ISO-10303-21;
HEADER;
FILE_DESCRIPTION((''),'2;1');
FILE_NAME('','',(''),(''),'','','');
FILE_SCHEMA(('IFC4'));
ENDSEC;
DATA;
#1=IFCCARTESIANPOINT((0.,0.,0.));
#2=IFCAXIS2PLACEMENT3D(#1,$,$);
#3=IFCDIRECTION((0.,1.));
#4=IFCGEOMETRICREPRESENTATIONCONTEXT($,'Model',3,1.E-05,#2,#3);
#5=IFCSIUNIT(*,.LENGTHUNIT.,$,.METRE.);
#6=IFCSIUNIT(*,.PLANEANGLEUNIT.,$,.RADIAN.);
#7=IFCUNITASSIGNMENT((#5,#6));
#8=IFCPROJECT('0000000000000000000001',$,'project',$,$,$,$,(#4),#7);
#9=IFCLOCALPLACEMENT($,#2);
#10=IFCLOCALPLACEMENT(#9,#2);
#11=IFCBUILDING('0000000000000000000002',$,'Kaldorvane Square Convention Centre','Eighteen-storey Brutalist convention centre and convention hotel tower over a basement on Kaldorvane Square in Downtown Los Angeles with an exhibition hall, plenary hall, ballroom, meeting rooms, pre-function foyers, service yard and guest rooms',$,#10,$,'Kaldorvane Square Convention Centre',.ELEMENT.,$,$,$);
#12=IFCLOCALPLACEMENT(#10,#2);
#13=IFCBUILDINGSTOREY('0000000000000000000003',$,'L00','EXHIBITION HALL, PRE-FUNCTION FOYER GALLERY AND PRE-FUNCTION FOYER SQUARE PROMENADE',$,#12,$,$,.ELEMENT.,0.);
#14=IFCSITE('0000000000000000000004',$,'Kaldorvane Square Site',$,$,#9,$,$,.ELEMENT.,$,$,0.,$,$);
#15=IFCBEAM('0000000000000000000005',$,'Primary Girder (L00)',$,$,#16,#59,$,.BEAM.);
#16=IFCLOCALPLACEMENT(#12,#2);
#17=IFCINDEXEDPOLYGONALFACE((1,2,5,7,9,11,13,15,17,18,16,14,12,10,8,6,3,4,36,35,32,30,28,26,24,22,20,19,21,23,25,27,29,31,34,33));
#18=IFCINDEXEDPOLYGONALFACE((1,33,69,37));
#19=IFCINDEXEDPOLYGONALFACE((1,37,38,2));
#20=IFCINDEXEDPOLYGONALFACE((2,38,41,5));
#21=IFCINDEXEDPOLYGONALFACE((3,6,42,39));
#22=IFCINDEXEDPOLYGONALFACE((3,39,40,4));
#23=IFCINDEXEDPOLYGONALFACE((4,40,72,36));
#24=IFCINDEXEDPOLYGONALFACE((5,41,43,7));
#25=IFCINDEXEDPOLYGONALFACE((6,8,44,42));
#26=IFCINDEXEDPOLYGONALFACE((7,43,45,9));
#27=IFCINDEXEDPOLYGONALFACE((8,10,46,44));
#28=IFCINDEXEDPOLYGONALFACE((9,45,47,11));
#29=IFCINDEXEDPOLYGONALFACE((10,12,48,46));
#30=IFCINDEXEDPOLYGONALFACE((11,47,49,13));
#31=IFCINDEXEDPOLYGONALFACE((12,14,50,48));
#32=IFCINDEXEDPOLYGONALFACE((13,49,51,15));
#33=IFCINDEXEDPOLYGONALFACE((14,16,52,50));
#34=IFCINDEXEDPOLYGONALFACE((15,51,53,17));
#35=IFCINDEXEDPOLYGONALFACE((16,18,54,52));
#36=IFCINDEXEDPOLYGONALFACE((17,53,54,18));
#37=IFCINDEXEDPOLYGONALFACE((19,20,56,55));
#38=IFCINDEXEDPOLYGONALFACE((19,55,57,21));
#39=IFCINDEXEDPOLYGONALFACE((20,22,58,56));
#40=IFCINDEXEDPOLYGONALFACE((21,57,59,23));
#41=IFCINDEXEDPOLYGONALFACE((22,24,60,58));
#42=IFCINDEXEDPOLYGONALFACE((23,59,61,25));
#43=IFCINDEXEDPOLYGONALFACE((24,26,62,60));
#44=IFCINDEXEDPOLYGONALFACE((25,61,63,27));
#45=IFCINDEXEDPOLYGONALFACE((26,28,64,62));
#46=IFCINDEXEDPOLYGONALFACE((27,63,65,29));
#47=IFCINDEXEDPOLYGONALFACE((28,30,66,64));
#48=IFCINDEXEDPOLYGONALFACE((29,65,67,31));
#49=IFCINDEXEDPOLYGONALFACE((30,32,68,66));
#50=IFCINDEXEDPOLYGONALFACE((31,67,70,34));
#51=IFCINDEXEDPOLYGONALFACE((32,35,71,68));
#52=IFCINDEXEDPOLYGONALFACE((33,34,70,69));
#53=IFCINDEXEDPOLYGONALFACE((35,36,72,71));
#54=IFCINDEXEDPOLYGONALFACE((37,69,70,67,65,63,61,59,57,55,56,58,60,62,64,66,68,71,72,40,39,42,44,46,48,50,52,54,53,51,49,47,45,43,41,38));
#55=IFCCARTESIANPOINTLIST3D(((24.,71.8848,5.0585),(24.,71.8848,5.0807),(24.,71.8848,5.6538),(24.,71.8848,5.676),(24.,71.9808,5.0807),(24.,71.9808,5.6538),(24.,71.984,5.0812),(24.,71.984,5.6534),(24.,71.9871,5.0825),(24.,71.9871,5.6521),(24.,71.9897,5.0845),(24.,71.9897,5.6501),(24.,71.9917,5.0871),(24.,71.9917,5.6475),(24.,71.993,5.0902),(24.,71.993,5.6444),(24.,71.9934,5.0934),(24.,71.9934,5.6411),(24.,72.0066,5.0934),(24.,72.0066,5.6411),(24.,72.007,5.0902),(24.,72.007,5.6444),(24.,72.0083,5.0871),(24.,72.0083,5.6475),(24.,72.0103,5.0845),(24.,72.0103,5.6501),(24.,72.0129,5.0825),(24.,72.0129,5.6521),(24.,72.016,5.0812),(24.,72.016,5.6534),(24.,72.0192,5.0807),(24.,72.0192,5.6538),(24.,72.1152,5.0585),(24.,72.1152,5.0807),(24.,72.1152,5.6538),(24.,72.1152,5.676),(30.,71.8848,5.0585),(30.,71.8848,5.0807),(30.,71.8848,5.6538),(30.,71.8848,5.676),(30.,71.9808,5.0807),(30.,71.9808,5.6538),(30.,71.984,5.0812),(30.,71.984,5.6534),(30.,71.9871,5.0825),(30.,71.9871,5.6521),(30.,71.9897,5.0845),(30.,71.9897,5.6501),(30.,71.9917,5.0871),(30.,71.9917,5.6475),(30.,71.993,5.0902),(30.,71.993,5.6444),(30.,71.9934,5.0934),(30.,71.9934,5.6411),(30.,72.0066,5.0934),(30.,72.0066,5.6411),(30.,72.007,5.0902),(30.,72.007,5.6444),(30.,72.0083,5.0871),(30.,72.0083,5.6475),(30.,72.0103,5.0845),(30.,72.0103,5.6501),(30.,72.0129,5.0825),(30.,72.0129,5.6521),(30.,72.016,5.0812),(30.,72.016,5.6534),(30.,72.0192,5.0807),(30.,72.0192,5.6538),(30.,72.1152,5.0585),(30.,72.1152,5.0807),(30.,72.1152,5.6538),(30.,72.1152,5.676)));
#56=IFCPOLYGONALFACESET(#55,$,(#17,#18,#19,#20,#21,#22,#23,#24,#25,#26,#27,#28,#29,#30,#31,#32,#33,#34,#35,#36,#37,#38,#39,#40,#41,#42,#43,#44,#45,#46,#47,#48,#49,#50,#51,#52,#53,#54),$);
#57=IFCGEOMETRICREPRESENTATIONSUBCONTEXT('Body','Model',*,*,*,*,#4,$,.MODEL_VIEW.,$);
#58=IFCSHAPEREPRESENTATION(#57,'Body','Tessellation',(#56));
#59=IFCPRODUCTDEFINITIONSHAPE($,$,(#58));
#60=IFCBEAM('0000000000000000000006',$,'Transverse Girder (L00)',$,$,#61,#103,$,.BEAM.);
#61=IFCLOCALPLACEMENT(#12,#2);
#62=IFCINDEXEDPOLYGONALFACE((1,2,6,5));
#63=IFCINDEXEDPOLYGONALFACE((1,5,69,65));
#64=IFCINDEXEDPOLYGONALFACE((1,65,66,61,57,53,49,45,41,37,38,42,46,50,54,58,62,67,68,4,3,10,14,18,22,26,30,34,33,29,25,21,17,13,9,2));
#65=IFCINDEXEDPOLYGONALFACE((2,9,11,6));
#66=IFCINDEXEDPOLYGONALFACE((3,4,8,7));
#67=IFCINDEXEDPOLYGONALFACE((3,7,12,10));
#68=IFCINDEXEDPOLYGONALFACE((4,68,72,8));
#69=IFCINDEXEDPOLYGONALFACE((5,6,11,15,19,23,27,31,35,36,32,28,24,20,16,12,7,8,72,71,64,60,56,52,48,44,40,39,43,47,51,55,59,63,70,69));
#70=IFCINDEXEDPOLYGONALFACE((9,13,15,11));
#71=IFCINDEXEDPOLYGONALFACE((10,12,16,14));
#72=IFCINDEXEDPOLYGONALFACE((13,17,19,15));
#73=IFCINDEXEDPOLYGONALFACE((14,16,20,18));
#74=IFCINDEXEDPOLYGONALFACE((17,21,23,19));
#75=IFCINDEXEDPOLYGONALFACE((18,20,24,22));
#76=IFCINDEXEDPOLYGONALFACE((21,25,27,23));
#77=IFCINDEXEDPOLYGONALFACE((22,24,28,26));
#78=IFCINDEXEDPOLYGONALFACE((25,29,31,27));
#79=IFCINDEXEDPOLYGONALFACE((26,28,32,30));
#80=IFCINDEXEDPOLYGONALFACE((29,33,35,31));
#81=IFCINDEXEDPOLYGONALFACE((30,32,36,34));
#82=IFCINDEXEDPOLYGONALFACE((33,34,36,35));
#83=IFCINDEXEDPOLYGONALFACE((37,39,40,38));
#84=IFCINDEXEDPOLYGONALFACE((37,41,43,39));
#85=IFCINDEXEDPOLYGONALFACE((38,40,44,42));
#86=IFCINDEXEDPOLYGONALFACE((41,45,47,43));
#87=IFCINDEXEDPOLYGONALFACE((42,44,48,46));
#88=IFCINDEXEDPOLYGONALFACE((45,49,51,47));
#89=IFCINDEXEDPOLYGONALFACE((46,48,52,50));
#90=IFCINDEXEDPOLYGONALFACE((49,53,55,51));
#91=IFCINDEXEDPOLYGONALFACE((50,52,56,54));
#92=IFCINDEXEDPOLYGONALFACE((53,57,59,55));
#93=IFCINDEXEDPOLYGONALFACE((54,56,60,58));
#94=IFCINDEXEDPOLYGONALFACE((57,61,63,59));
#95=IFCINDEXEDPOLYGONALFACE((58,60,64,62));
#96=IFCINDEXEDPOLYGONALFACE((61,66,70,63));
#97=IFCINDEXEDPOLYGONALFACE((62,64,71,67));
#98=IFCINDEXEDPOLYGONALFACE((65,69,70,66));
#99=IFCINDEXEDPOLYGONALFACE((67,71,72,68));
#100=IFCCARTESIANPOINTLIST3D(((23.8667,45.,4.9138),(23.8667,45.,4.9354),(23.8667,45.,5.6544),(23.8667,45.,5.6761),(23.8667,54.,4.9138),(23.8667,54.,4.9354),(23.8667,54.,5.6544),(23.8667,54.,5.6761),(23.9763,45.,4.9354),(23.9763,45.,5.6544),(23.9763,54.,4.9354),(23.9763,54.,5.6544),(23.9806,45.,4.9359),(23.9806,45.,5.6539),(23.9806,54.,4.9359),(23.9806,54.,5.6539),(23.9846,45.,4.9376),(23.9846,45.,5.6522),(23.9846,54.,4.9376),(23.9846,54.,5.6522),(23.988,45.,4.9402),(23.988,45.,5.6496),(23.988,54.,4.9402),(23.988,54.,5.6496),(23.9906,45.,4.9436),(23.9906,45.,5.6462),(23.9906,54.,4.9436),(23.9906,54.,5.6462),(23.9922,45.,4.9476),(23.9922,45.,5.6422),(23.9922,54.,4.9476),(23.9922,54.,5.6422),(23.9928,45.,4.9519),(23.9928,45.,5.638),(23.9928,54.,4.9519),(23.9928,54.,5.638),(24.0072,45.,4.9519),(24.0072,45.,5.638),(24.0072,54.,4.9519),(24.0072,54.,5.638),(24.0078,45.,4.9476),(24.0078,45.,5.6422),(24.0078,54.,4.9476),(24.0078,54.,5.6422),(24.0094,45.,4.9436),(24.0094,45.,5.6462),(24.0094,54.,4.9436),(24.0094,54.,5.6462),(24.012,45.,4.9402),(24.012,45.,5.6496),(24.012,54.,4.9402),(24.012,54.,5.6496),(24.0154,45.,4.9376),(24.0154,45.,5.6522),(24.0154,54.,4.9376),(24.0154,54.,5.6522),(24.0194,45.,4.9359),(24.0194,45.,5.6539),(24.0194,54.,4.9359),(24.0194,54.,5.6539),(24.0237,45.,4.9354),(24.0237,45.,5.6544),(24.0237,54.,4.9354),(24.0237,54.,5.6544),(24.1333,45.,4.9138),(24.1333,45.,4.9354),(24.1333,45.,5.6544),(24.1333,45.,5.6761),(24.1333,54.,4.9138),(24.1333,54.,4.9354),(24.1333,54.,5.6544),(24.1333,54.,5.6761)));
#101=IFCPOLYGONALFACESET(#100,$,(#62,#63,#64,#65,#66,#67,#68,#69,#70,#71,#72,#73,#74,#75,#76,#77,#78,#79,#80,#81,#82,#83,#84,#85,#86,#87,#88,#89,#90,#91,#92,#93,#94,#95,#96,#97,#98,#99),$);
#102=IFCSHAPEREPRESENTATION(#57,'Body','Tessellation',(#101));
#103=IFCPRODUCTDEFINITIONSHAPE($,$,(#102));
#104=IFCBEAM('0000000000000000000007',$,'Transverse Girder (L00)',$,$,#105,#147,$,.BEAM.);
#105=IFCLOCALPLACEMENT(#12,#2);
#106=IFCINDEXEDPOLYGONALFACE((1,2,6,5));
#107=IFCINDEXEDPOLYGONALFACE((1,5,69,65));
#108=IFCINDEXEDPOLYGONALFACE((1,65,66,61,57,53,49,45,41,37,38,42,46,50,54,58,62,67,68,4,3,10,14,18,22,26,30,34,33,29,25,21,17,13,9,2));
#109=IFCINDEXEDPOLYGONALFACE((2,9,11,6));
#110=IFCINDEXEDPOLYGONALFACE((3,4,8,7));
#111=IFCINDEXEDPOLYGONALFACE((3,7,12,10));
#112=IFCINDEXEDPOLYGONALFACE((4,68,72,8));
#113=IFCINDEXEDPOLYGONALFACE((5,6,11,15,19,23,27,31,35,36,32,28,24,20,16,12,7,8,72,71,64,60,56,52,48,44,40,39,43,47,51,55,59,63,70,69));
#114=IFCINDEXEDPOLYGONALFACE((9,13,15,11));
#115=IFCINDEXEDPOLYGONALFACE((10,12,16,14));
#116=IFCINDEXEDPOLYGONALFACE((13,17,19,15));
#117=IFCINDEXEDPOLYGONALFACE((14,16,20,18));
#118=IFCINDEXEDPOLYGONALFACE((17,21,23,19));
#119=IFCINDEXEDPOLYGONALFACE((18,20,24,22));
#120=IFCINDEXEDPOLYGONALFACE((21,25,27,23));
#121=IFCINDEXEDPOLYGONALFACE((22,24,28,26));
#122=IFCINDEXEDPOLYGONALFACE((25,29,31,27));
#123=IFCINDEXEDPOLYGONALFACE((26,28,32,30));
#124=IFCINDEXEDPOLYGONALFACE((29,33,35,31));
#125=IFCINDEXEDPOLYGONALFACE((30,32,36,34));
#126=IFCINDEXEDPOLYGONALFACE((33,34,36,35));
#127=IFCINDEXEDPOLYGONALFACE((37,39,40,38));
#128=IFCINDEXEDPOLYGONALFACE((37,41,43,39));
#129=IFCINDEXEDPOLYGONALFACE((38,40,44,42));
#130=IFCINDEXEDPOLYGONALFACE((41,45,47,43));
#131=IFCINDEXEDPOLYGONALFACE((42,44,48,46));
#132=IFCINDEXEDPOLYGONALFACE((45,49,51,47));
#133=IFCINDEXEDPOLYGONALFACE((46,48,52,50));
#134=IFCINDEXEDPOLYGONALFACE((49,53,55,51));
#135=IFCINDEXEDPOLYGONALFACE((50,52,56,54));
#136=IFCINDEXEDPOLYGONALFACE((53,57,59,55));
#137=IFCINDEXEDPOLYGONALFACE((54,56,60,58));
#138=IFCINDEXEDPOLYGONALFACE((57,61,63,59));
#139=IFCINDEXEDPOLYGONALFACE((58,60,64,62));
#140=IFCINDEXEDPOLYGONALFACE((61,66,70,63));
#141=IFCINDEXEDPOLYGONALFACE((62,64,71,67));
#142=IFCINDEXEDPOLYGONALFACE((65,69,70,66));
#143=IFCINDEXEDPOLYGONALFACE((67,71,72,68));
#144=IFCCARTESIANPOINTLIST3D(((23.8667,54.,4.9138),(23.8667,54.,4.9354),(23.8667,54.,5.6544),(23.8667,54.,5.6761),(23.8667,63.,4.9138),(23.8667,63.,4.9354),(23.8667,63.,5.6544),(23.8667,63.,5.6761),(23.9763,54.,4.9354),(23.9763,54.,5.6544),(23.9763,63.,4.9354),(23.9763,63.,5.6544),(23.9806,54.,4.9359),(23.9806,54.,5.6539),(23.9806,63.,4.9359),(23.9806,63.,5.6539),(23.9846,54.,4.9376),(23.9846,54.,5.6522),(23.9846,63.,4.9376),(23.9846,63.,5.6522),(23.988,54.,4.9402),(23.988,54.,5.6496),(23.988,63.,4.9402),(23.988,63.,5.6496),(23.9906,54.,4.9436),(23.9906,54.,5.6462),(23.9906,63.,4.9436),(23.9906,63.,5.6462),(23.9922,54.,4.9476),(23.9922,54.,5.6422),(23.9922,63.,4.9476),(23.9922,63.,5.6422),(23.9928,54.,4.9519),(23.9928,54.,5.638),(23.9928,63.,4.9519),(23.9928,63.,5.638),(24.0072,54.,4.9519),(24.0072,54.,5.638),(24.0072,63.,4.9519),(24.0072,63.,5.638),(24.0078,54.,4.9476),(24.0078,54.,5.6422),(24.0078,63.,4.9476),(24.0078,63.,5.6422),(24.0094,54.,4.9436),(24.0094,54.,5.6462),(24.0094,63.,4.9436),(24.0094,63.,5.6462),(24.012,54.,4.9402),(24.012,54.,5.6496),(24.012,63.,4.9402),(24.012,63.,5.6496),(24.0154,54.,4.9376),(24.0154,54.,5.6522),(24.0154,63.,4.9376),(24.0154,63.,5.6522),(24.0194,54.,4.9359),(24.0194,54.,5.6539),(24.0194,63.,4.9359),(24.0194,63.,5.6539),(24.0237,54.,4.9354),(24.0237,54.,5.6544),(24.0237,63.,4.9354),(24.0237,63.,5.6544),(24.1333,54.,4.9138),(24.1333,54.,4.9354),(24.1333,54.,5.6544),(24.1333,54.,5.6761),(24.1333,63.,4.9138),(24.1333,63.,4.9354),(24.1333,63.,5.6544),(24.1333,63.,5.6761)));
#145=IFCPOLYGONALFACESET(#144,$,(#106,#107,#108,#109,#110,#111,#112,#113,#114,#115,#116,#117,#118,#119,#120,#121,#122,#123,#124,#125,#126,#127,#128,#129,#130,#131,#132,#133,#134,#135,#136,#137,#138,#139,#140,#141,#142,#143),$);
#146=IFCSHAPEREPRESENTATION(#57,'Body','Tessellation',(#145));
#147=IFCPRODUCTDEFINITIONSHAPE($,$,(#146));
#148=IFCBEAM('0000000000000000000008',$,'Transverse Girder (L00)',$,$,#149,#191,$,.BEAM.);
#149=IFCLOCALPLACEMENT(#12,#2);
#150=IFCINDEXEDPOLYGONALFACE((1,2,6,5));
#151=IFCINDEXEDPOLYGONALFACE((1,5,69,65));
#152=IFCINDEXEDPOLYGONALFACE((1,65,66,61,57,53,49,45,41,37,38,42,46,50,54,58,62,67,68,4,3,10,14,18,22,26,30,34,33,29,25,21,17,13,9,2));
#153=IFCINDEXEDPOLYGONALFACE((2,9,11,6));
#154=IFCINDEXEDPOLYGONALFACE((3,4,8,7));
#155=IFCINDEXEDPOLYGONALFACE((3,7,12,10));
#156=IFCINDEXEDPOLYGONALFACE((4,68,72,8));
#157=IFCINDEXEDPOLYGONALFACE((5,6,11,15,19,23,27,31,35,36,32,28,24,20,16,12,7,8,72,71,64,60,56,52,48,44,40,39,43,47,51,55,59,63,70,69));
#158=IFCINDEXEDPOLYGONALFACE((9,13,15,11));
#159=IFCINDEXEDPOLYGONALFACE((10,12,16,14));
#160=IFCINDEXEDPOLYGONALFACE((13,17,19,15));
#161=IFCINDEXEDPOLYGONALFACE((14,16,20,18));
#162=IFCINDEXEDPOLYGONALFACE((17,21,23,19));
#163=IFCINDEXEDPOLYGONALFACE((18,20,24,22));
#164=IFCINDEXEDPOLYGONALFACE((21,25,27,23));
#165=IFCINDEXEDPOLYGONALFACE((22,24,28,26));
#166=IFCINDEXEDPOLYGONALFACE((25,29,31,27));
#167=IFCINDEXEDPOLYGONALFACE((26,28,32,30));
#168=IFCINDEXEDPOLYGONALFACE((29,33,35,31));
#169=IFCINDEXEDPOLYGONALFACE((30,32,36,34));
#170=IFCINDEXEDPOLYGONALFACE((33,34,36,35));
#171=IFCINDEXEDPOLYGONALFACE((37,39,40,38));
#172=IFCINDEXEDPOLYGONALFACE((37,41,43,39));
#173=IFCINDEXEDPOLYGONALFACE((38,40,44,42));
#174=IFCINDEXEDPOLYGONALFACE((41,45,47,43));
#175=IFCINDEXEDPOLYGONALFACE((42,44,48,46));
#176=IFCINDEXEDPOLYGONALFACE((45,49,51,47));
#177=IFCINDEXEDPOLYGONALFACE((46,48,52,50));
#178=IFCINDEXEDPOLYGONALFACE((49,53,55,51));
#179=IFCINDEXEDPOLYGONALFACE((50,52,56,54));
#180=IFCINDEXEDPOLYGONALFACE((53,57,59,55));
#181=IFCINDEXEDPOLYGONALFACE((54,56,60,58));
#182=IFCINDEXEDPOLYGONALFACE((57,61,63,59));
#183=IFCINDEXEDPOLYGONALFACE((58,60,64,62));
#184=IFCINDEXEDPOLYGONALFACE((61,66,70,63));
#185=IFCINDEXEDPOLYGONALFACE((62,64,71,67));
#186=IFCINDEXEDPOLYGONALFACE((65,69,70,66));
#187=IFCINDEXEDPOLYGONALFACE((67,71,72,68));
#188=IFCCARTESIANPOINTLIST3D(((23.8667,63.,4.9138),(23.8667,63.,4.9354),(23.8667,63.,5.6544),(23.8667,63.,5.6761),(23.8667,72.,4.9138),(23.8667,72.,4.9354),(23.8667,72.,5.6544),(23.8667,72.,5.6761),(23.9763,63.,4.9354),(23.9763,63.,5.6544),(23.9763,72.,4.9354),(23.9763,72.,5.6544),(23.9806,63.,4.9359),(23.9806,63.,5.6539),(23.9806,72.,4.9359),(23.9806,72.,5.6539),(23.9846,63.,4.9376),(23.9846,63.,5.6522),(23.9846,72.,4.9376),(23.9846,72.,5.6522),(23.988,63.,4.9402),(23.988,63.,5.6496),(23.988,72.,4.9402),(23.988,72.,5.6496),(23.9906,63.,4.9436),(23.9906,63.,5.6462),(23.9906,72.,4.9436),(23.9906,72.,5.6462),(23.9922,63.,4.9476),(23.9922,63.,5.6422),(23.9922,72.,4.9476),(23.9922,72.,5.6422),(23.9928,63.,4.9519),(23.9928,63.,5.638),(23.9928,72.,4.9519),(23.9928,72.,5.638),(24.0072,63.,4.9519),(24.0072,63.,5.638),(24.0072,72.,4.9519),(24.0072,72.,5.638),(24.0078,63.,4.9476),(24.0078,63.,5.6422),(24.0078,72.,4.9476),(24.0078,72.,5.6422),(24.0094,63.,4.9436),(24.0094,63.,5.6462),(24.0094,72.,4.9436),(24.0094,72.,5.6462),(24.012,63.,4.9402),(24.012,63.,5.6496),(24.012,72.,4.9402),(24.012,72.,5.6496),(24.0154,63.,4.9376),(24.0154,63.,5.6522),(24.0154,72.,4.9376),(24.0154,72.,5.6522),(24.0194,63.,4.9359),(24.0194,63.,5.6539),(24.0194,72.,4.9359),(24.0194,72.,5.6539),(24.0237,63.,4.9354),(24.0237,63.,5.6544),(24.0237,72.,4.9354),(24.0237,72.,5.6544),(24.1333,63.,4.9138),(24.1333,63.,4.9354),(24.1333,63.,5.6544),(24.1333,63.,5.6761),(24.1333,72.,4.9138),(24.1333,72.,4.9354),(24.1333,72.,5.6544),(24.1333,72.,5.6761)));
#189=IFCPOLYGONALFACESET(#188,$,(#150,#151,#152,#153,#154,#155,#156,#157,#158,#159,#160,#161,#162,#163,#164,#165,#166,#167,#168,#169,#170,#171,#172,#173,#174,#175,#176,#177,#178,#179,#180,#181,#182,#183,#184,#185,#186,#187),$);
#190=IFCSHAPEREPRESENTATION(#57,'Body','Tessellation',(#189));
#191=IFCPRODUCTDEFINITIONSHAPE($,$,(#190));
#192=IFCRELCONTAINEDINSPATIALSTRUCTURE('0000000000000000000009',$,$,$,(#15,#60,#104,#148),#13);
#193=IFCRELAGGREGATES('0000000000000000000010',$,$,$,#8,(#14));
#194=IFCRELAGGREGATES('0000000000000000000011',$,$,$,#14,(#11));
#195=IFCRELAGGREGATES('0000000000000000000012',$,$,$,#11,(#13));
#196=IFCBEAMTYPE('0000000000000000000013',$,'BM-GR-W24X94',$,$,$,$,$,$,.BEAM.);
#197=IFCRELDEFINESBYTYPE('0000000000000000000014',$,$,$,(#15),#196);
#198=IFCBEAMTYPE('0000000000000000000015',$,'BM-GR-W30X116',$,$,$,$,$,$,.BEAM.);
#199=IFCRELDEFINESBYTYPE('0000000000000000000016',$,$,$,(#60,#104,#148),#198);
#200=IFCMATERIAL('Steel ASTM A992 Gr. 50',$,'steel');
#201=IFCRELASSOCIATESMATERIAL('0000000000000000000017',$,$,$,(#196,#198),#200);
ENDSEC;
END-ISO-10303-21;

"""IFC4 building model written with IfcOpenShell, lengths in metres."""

from ifc_helpers import new_model, si_unit, direction, frame, origin, origin_2d, place, context, subcontext, project, spatial, i_section, extrude, material, material_profile, profile_set, type_object, element, save


model = new_model("IFC4")

# Units and contexts
model_context = context("Model", 3, precision=1e-05, world=origin(), true_north=direction((0.0, 1.0)))
body_context = subcontext(model_context, "Body", "Model", "MODEL_VIEW")
ifc_project = project(units=[si_unit("LENGTHUNIT", "METRE"), si_unit("PLANEANGLEUNIT", "RADIAN")], contexts=[model_context])

# Site, building, storey
site_placement = place(None, origin())
site = spatial("IfcSite", under=ifc_project, at=site_placement, Name="Kaldorvane Square Site", CompositionType="ELEMENT", RefElevation=0.0)
building_placement = place(site_placement, origin())
building = spatial("IfcBuilding", under=site, at=building_placement, Name="Kaldorvane Square Convention Centre", Description="Eighteen-storey Brutalist convention centre and convention hotel tower over a basement on Kaldorvane Square in Downtown Los Angeles with an exhibition hall, plenary hall, ballroom, meeting rooms, pre-function foyers, service yard and guest rooms", LongName="Kaldorvane Square Convention Centre", CompositionType="ELEMENT")
storey_placement = place(building_placement, origin())
storey = spatial("IfcBuildingStorey", under=building, at=storey_placement, Name="L00", Description="EXHIBITION HALL, PRE-FUNCTION FOYER GALLERY AND PRE-FUNCTION FOYER SQUARE PROMENADE", CompositionType="ELEMENT", Elevation=0.0)

# Shared definitions
ifc_material_1 = material(Name="Steel ASTM A992 Gr. 50", Category="steel")

# Beams
ifc_material_profile_1 = material_profile(ifc_material_1, i_section(OverallWidth=0.2303, OverallDepth=0.6175, WebThickness=0.0131, FlangeThickness=0.0222, FilletRadius=0.0127, at=origin_2d()), Name="W24X94")
ifc_profile_set_1 = profile_set([ifc_material_profile_1], Name="Steel ASTM A992 Gr. 50")
beam_type_1 = type_object("IfcBeamType", Name="BM-GR-W24X94", PredefinedType="BEAM", material=ifc_profile_set_1)
beam_placement = place(storey_placement, frame((24.0, 72.0, 5.3673), z_axis=(1.0, 0.0, 0.0), x_axis=(0.0, 1.0, 0.0)))
element("IfcBeam", 1, at=beam_placement, inside=storey, type_object=beam_type_1, Name="Primary Girder (L00)", PredefinedType="BEAM", context=body_context, shape_type="SweptSolid", body=[
    extrude(i_section(OverallWidth=0.2303, OverallDepth=0.6175, WebThickness=0.0131, FlangeThickness=0.0222, FilletRadius=0.0127, at=origin_2d()), origin(), (0.0, 0.0, 1.0), 6.0),
])
ifc_material_profile_2 = material_profile(ifc_material_1, i_section(OverallWidth=0.2666, OverallDepth=0.7623, WebThickness=0.0144, FlangeThickness=0.0216, FilletRadius=0.0165, at=origin_2d()), Name="W30X116")
ifc_profile_set_2 = profile_set([ifc_material_profile_2], Name="Steel ASTM A992 Gr. 50")
beam_type_2 = type_object("IfcBeamType", Name="BM-GR-W30X116", PredefinedType="BEAM", material=ifc_profile_set_2)
for number, where, z_axis, x_axis, name in (
    (2, (24.0, 45.0, 5.2949), (0.0, 1.0, 0.0), (-1.0, 0.0, 0.0), "Transverse Girder (L00)"),
    (3, (24.0, 54.0, 5.2949), (0.0, 1.0, 0.0), (-1.0, 0.0, 0.0), "Transverse Girder (L00)"),
    (4, (24.0, 63.0, 5.2949), (0.0, 1.0, 0.0), (-1.0, 0.0, 0.0), "Transverse Girder (L00)"),
):
    element("IfcBeam", number, at=place(storey_placement, frame(where, z_axis=z_axis, x_axis=x_axis)), inside=storey, type_object=beam_type_2, Name=name, PredefinedType="BEAM", context=body_context, shape_type="SweptSolid", body=[
        extrude(i_section(OverallWidth=0.2666, OverallDepth=0.7623, WebThickness=0.0144, FlangeThickness=0.0216, FilletRadius=0.0165, at=origin_2d()), origin(), (0.0, 0.0, 1.0), 9.0),
    ])

save(model, "model.ifc")
